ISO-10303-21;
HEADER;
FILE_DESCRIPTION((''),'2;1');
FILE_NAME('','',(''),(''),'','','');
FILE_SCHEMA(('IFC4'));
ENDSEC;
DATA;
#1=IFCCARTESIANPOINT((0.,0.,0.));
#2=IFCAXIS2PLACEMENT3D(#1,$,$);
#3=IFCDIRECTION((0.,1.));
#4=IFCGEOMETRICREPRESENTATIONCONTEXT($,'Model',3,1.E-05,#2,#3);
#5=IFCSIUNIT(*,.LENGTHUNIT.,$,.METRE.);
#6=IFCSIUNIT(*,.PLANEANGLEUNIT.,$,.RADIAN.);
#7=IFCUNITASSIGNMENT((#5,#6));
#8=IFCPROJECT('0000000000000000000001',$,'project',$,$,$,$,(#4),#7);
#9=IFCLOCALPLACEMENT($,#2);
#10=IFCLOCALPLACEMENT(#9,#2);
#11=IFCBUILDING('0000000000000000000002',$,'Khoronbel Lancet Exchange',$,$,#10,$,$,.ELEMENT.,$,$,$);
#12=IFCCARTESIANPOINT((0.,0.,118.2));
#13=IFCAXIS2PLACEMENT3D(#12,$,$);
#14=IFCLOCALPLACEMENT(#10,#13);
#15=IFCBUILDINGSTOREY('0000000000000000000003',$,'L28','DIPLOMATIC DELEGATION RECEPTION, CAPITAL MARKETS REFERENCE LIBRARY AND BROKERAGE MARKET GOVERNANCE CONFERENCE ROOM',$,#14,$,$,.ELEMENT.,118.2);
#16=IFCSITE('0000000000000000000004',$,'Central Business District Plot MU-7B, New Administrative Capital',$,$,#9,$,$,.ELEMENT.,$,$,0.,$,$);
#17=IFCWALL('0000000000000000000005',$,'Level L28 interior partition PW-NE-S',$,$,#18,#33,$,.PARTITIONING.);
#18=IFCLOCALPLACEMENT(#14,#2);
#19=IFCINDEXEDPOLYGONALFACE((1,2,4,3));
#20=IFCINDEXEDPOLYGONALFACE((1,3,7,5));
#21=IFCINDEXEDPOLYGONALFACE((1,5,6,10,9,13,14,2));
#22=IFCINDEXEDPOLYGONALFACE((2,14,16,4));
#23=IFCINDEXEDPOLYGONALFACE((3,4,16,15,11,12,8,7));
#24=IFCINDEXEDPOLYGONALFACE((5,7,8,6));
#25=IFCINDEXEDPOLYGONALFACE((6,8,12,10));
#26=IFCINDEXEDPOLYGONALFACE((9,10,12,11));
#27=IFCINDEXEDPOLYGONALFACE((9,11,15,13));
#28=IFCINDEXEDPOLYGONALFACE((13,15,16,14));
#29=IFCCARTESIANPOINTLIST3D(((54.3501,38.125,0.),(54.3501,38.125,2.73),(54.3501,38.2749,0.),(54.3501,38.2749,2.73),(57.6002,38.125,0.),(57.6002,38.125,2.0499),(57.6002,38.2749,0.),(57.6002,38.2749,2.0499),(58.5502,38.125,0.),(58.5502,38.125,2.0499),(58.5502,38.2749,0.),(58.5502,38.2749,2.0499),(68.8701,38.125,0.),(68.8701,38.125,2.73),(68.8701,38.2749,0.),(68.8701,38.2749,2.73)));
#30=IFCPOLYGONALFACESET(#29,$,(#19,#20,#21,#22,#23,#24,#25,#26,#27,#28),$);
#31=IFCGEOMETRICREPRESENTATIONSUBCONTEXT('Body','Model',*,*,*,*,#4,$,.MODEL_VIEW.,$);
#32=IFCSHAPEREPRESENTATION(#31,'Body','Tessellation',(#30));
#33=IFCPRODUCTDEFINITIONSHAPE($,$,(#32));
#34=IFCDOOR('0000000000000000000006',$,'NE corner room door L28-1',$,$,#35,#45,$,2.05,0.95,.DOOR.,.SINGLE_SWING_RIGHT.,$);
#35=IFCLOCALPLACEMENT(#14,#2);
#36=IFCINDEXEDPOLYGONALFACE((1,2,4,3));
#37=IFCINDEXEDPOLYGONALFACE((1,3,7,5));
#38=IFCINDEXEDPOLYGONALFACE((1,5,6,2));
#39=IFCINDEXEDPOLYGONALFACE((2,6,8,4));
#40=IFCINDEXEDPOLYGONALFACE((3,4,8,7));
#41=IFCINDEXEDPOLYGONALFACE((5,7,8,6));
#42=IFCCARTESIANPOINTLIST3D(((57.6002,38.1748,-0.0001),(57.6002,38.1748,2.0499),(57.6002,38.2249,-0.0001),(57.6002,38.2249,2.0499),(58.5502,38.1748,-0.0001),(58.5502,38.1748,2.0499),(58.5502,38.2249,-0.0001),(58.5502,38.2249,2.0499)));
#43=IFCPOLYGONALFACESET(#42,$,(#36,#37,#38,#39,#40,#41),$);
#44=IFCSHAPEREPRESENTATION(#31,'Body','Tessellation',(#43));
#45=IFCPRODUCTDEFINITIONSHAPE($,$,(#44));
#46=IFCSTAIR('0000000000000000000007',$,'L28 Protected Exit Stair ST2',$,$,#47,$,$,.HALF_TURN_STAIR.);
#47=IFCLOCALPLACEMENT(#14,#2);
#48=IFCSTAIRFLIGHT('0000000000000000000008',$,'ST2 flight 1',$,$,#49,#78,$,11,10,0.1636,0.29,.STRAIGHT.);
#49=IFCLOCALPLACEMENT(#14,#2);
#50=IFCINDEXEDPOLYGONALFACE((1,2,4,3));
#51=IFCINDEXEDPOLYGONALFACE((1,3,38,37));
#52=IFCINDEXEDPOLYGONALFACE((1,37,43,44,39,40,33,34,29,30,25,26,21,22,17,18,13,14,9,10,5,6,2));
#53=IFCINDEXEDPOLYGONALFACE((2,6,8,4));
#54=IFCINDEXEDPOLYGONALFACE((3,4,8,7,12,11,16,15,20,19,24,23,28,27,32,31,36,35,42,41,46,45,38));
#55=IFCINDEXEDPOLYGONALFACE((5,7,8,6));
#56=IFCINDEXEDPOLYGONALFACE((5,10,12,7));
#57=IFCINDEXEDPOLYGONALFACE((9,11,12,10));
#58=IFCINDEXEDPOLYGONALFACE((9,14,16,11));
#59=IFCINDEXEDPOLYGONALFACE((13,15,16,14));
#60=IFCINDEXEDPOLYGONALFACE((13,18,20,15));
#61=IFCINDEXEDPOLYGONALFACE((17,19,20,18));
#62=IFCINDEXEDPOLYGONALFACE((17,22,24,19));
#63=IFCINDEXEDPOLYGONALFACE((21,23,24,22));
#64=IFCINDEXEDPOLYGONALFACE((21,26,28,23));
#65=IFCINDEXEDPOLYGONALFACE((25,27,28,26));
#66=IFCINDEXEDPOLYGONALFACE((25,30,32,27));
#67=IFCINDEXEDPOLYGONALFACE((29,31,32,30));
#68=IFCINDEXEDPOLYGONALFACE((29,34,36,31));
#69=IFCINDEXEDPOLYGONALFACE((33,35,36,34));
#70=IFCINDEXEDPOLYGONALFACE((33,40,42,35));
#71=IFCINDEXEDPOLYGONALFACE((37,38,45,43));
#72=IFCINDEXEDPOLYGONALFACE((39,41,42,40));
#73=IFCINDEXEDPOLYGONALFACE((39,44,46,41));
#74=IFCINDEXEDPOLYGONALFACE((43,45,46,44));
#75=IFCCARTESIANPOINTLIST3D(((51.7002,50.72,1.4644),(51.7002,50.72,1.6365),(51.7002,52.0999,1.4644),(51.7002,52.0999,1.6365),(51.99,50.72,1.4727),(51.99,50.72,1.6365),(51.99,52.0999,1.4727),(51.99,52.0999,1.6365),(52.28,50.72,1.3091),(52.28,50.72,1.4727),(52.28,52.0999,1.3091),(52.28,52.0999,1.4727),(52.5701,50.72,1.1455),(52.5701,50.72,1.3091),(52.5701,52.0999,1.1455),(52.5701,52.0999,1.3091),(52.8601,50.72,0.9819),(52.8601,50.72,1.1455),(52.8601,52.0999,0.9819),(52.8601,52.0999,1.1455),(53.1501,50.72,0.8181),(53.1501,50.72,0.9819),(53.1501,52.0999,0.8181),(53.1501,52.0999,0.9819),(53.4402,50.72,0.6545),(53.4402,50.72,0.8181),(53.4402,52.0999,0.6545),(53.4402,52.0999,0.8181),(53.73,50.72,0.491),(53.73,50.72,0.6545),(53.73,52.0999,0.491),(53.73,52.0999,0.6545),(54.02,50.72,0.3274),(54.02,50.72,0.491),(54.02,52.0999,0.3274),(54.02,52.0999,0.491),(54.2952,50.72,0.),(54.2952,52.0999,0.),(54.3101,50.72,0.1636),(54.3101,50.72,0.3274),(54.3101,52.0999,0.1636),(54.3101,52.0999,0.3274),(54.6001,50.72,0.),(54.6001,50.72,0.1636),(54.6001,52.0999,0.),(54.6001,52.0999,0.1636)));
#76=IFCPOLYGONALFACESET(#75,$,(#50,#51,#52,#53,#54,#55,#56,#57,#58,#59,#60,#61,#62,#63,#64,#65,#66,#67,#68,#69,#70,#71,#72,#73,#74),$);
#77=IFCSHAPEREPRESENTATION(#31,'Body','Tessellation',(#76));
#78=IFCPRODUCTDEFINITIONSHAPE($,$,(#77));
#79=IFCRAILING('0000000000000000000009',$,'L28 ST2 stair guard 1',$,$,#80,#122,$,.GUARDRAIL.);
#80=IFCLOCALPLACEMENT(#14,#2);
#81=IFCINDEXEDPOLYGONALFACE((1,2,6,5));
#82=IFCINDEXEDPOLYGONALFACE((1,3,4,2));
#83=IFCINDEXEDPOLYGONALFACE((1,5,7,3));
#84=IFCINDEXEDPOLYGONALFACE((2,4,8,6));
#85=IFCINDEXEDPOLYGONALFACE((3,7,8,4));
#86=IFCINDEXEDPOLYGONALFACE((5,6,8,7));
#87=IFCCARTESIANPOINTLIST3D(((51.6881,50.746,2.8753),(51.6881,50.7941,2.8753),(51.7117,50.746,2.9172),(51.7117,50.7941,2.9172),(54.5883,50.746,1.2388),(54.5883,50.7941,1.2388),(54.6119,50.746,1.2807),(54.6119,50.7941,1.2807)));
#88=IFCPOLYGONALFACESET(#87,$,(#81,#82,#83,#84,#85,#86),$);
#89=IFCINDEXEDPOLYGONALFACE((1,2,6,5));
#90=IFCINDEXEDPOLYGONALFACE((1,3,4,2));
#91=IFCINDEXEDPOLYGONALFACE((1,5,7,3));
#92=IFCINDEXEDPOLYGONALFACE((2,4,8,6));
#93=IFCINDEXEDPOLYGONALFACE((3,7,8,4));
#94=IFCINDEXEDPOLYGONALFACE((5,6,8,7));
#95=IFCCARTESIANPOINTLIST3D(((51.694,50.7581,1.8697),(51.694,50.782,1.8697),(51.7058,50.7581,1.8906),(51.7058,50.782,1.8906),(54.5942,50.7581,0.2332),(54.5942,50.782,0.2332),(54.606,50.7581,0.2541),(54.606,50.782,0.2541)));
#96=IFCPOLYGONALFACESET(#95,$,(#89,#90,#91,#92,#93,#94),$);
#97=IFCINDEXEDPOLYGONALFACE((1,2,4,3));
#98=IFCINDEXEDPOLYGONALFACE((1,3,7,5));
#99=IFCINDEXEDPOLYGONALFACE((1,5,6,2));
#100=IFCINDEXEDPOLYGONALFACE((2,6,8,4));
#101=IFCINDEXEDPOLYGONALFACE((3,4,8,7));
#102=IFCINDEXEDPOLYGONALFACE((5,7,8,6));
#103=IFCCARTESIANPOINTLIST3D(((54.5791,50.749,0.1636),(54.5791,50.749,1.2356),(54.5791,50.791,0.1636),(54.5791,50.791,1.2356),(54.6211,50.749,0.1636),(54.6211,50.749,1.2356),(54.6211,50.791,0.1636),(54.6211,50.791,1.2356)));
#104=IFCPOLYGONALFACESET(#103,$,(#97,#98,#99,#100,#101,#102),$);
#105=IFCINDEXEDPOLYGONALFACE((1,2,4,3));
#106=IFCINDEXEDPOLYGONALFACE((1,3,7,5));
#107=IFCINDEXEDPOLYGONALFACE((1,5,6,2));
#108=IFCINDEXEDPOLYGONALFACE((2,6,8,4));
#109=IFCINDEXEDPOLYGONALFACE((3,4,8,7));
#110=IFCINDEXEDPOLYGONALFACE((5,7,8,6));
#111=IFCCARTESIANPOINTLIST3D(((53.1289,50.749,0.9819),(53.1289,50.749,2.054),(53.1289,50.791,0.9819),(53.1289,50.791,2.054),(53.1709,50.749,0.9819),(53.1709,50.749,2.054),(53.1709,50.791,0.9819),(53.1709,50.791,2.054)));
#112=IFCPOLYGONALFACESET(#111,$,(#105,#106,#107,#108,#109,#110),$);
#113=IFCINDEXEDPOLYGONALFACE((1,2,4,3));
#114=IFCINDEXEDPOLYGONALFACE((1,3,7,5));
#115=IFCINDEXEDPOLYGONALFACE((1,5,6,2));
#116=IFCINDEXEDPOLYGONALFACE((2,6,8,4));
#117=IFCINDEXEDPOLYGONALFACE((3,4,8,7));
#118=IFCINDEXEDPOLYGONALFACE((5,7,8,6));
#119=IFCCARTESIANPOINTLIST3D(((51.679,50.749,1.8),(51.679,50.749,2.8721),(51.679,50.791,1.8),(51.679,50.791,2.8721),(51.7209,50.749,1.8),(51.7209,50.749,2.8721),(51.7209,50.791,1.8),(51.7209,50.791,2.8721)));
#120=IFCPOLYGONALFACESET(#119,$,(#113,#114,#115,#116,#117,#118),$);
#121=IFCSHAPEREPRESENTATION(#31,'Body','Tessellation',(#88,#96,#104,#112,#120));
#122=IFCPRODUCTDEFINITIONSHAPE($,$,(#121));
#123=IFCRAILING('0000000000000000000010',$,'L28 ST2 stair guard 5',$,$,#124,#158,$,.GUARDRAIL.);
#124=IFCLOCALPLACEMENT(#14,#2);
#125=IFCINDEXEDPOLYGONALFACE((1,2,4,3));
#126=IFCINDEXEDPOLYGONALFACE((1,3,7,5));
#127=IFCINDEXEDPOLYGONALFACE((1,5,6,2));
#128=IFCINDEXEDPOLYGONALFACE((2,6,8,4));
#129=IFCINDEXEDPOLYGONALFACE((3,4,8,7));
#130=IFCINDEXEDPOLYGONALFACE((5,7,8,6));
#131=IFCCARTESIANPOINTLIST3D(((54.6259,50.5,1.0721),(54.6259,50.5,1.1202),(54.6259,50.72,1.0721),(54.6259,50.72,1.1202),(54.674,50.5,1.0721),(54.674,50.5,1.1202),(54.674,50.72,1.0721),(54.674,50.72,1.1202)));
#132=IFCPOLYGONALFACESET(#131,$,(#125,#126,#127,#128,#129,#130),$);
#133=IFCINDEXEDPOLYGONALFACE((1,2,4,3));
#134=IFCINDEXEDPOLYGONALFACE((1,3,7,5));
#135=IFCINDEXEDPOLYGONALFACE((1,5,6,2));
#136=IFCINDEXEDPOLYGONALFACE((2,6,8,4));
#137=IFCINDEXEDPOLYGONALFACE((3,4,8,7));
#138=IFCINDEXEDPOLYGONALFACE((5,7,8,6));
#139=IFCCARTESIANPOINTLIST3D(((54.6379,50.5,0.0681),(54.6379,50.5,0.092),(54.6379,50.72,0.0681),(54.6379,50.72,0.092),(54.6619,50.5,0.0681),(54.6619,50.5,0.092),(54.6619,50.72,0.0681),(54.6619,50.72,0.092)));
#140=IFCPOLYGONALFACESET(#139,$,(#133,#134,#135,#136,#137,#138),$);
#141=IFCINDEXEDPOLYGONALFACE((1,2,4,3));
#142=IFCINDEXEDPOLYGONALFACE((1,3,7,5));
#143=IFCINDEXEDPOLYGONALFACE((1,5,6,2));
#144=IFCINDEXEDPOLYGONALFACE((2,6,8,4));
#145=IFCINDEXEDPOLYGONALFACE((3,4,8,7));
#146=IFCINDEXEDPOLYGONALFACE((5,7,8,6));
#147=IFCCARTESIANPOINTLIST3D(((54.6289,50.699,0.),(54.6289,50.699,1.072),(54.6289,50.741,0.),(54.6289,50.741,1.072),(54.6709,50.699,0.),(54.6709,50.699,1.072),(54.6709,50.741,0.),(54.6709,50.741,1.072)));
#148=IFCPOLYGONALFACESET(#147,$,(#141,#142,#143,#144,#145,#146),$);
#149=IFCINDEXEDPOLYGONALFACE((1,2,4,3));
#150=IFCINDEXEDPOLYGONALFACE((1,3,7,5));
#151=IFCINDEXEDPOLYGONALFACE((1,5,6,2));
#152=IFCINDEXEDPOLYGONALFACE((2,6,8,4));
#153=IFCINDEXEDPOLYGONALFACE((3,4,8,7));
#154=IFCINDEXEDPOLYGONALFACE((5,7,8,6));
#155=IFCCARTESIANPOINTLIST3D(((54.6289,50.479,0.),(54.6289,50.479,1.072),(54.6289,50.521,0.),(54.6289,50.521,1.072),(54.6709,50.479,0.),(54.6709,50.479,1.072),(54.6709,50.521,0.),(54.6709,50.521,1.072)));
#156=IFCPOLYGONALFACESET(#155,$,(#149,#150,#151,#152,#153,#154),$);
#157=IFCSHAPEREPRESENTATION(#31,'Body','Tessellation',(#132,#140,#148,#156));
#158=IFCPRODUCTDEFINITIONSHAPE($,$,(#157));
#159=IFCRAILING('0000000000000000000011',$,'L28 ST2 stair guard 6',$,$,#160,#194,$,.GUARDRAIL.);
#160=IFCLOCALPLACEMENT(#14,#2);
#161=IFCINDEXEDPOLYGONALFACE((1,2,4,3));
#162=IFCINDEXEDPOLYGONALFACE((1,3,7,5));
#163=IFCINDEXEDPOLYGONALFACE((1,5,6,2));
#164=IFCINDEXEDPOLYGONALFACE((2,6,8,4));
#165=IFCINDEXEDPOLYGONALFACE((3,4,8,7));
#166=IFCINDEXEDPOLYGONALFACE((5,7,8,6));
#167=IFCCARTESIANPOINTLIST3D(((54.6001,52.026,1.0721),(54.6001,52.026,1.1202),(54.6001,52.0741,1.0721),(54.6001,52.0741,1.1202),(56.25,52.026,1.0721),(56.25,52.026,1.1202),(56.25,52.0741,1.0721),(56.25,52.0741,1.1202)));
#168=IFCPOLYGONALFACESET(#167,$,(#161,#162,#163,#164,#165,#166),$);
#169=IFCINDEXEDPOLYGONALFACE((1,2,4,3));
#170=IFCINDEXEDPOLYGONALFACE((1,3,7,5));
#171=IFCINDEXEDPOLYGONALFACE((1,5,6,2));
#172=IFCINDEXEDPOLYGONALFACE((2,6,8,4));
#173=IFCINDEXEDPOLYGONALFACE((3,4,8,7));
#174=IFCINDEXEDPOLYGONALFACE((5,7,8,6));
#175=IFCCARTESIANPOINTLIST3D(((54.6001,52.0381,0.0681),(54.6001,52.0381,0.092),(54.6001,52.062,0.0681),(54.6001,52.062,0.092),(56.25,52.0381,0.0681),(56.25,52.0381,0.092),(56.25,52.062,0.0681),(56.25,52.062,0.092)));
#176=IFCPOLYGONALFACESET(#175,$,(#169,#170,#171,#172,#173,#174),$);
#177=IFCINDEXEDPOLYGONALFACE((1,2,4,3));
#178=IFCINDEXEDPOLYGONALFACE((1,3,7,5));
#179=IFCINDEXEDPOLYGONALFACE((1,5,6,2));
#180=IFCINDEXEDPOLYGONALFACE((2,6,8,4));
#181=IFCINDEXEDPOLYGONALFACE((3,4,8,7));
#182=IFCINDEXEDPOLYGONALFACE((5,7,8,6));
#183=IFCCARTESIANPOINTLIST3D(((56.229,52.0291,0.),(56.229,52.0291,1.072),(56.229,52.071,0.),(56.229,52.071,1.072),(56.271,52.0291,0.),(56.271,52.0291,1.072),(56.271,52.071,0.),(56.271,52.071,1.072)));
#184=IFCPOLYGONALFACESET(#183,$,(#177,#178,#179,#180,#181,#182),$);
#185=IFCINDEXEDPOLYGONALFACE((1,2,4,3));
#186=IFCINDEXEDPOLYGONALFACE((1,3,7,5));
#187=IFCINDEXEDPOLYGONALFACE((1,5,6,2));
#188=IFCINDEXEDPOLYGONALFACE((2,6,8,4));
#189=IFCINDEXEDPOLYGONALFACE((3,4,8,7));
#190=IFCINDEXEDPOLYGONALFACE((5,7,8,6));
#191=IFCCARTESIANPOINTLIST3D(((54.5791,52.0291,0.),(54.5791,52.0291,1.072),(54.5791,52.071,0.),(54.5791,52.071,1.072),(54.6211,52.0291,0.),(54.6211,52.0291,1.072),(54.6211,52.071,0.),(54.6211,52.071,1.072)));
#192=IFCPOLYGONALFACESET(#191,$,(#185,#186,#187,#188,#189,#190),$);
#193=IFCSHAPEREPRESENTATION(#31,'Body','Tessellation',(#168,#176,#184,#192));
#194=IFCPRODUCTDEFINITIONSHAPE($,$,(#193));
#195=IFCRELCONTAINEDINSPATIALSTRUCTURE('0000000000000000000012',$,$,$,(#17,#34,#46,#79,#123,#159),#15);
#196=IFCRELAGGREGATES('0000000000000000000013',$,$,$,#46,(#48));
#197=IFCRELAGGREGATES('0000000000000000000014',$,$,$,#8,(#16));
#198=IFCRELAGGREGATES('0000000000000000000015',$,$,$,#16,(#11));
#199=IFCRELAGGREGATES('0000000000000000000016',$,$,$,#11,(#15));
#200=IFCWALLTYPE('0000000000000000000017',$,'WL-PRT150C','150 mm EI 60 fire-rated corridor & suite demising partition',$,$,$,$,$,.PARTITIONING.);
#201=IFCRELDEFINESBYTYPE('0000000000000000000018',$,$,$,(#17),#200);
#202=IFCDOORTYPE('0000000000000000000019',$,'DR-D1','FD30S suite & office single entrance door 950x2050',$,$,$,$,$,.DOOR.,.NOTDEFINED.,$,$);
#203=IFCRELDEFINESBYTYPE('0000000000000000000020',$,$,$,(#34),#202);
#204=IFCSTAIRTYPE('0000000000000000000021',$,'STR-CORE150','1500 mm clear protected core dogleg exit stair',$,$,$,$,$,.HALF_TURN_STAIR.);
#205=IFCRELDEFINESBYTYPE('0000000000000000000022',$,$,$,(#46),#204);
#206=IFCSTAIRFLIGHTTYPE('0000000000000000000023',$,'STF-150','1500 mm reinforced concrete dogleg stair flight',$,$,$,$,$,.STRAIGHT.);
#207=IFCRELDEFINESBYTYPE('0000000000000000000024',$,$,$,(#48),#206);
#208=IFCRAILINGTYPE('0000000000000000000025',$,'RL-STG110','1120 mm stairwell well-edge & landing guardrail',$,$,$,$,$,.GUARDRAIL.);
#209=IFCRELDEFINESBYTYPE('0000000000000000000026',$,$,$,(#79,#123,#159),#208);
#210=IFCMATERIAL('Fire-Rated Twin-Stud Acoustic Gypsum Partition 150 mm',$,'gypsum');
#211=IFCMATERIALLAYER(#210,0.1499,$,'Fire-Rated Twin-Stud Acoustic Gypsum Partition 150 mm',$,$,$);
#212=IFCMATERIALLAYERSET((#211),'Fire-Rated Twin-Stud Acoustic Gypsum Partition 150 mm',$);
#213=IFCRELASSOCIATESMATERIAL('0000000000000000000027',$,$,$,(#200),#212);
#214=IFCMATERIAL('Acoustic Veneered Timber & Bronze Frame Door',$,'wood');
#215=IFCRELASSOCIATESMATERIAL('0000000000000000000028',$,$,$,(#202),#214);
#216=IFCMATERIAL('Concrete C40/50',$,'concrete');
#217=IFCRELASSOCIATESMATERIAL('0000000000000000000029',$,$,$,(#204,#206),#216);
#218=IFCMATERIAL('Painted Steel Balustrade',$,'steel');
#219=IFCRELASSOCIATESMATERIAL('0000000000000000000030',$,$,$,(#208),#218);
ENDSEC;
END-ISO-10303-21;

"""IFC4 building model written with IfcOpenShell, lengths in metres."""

from ifc_helpers import new_model, si_unit, direction, frame, frame_2d, origin, origin_2d, place, context, subcontext, project, spatial, polyline, rectangle, outline, extrude, material, layer, layer_set, type_object, element, fill, aggregate, save


model = new_model("IFC4")

# Units and contexts
model_context = context("Model", 3, precision=1e-05, world=origin(), true_north=direction((0.0, 1.0)))
body_context = subcontext(model_context, "Body", "Model", "MODEL_VIEW")
ifc_project = project(units=[si_unit("LENGTHUNIT", "METRE"), si_unit("PLANEANGLEUNIT", "RADIAN")], contexts=[model_context])

# Site, building, storey
site_placement = place(None, origin())
site = spatial("IfcSite", under=ifc_project, at=site_placement, Name="Central Business District Plot MU-7B, New Administrative Capital", CompositionType="ELEMENT", RefElevation=0.0)
building_placement = place(site_placement, origin())
building = spatial("IfcBuilding", under=site, at=building_placement, Name="Khoronbel Lancet Exchange", CompositionType="ELEMENT")
storey_placement = place(building_placement, frame((0.0, 0.0, 118.2)))
storey = spatial("IfcBuildingStorey", under=building, at=storey_placement, Name="L28", Description="DIPLOMATIC DELEGATION RECEPTION, CAPITAL MARKETS REFERENCE LIBRARY AND BROKERAGE MARKET GOVERNANCE CONFERENCE ROOM", CompositionType="ELEMENT", Elevation=118.2)

# Wall, opening, door
ifc_material_1 = material(Name="Fire-Rated Twin-Stud Acoustic Gypsum Partition 150 mm", Category="gypsum")
ifc_layer_1 = layer(ifc_material_1, 0.1499, Name="Fire-Rated Twin-Stud Acoustic Gypsum Partition 150 mm")
ifc_layer_set_1 = layer_set([ifc_layer_1], Name="Fire-Rated Twin-Stud Acoustic Gypsum Partition 150 mm")
wall_type_1 = type_object("IfcWallType", Name="WL-PRT150C", Description="150 mm EI 60 fire-rated corridor & suite demising partition", PredefinedType="PARTITIONING", material=ifc_layer_set_1)
wall_1_placement = place(storey_placement, frame((54.3501, 38.2, 0.0), z_axis=(0.0, 0.0, 1.0), x_axis=(1.0, 0.0, 0.0)))
wall_1 = element("IfcWall", 1, at=wall_1_placement, inside=storey, type_object=wall_type_1, Name="Level L28 interior partition PW-NE-S", PredefinedType="PARTITIONING", context=body_context, shape_type="SweptSolid", body=[
    extrude(rectangle(XDim=14.52, YDim=0.1499, at=frame_2d((7.26, 0.0))), origin(), (0.0, 0.0, 1.0), 2.73),
])
opening_1_placement = place(wall_1_placement, frame((3.25, 0.0, 0.0)))
opening_1 = element("IfcOpeningElement", 2, at=opening_1_placement, cuts=wall_1, PredefinedType="OPENING", context=body_context, shape_type="SweptSolid", body=[
    extrude(rectangle(XDim=0.95, YDim=2.05, at=frame_2d((0.4751, 1.0249))), frame((0.0, 0.085, 0.0), z_axis=(0.0, -1.0, 0.0), x_axis=(1.0, 0.0, 0.0)), (0.0, 0.0, 1.0), 0.1699),
])
ifc_material_2 = material(Name="Acoustic Veneered Timber & Bronze Frame Door", Category="wood")
door_type_1 = type_object("IfcDoorType", Name="DR-D1", Description="FD30S suite & office single entrance door 950x2050", OperationType="NOTDEFINED", PredefinedType="DOOR", material=ifc_material_2)
door_1_placement = place(opening_1_placement, origin())
door_1 = element("IfcDoor", 3, at=door_1_placement, inside=storey, type_object=door_type_1, Name="NE corner room door L28-1", OperationType="SINGLE_SWING_RIGHT", OverallHeight=2.05, OverallWidth=0.95, PredefinedType="DOOR", context=body_context, shape_type="SweptSolid", body=[
    extrude(rectangle(XDim=0.95, YDim=2.05, at=frame_2d((0.4751, 1.0249))), frame((0.0, 0.0249, 0.0), z_axis=(0.0, -1.0, 0.0), x_axis=(1.0, 0.0, 0.0)), (0.0, 0.0, 1.0), 0.05),
])
fill(opening_1, door_1)

# Stair, stair flight
ifc_material_3 = material(Name="Concrete C40/50", Category="concrete")
stair_type = type_object("IfcStairType", Name="STR-CORE150", Description="1500 mm clear protected core dogleg exit stair", PredefinedType="HALF_TURN_STAIR", material=ifc_material_3)
stair_placement = place(storey_placement, origin())
stair = element("IfcStair", 4, at=stair_placement, inside=storey, type_object=stair_type, Name="L28 Protected Exit Stair ST2", PredefinedType="HALF_TURN_STAIR")
stair_flight_type = type_object("IfcStairFlightType", Name="STF-150", Description="1500 mm reinforced concrete dogleg stair flight", PredefinedType="STRAIGHT", material=ifc_material_3)
stair_flight_placement = place(storey_placement, frame((54.6001, 51.4099, 0.0), z_axis=(0.0, 0.0, 1.0), x_axis=(-1.0, 0.0, 0.0)))
stair_flight = element("IfcStairFlight", 5, at=stair_flight_placement, type_object=stair_flight_type, Name="ST2 flight 1", NumberOfRisers=11, NumberOfTreads=10, PredefinedType="STRAIGHT", RiserHeight=0.1636, TreadLength=0.29, context=body_context, shape_type="SweptSolid", body=[
    extrude(outline(polyline([(0.0, 0.0), (0.0, 0.1636), (0.29, 0.1636), (0.29, 0.3274), (0.5801, 0.3274), (0.5801, 0.491), (0.8701, 0.491), (0.8701, 0.6545), (1.1599, 0.6545), (1.1599, 0.8181), (1.45, 0.8181), (1.45, 0.9819), (1.74, 0.9819), (1.74, 1.1455), (2.03, 1.1455), (2.03, 1.3091), (2.3201, 1.3091), (2.3201, 1.4727), (2.6101, 1.4727), (2.6101, 1.6365), (2.8999, 1.6365), (2.8999, 1.8), (2.8999, 1.4644), (0.3049, 0.0), (0.0, 0.0)])), frame((0.0, 0.6899, 0.0), z_axis=(0.0, -1.0, 0.0), x_axis=(1.0, 0.0, 0.0)), (0.0, 0.0, 1.0), 1.3799),
])
aggregate(stair, [stair_flight])

# Railings
ifc_material_4 = material(Name="Painted Steel Balustrade", Category="steel")
railing_type_1 = type_object("IfcRailingType", Name="RL-STG110", Description="1120 mm stairwell well-edge & landing guardrail", PredefinedType="GUARDRAIL", material=ifc_material_4)
railing_1_placement = place(storey_placement, frame((54.6001, 50.77, 0.1636)))
element("IfcRailing", 6, at=railing_1_placement, inside=storey, type_object=railing_type_1, Name="L28 ST2 stair guard 1", PredefinedType="GUARDRAIL", context=body_context, shape_type="SweptSolid", body=[
    extrude(rectangle(XDim=0.0481, YDim=0.0481, at=origin_2d()), frame((0.0, 0.0, 1.0962), z_axis=(-0.870915, 0.0, 0.491434), x_axis=(0.0, -1.0, 0.0)), (0.0, 0.0, 1.0), 3.3301),
    extrude(rectangle(XDim=0.0239, YDim=0.0239, at=origin_2d()), frame((0.0, 0.0, 0.0801), z_axis=(-0.870915, 0.0, 0.491434), x_axis=(0.0, -1.0, 0.0)), (0.0, 0.0, 1.0), 3.3301),
    extrude(rectangle(XDim=0.042, YDim=0.042, at=origin_2d()), origin(), (0.0, 0.0, 1.0), 1.072),
    extrude(rectangle(XDim=0.042, YDim=0.042, at=origin_2d()), frame((-1.4502, 0.0, 0.8184)), (0.0, 0.0, 1.0), 1.072),
    extrude(rectangle(XDim=0.042, YDim=0.042, at=origin_2d()), frame((-2.9001, 0.0, 1.6365)), (0.0, 0.0, 1.0), 1.072),
])
railing_2_placement = place(storey_placement, frame((54.6499, 50.72, 0.0)))
element("IfcRailing", 7, at=railing_2_placement, inside=storey, type_object=railing_type_1, Name="L28 ST2 stair guard 5", PredefinedType="GUARDRAIL", context=body_context, shape_type="SweptSolid", body=[
    extrude(rectangle(XDim=0.0481, YDim=0.0481, at=origin_2d()), frame((0.0, 0.0, 1.0962), z_axis=(0.0, -1.0, 0.0), x_axis=(1.0, 0.0, 0.0)), (0.0, 0.0, 1.0), 0.22),
    extrude(rectangle(XDim=0.0239, YDim=0.0239, at=origin_2d()), frame((0.0, 0.0, 0.0801), z_axis=(0.0, -1.0, 0.0), x_axis=(1.0, 0.0, 0.0)), (0.0, 0.0, 1.0), 0.22),
    extrude(rectangle(XDim=0.042, YDim=0.042, at=origin_2d()), origin(), (0.0, 0.0, 1.0), 1.072),
    extrude(rectangle(XDim=0.042, YDim=0.042, at=origin_2d()), frame((0.0, -0.22, 0.0)), (0.0, 0.0, 1.0), 1.072),
])
railing_3_placement = place(storey_placement, frame((56.25, 52.05, 0.0)))
element("IfcRailing", 8, at=railing_3_placement, inside=storey, type_object=railing_type_1, Name="L28 ST2 stair guard 6", PredefinedType="GUARDRAIL", context=body_context, shape_type="SweptSolid", body=[
    extrude(rectangle(XDim=0.0481, YDim=0.0481, at=origin_2d()), frame((0.0, 0.0, 1.0962), z_axis=(-1.0, 0.0, 0.0), x_axis=(0.0, -1.0, 0.0)), (0.0, 0.0, 1.0), 1.6499),
    extrude(rectangle(XDim=0.0239, YDim=0.0239, at=origin_2d()), frame((0.0, 0.0, 0.0801), z_axis=(-1.0, 0.0, 0.0), x_axis=(0.0, -1.0, 0.0)), (0.0, 0.0, 1.0), 1.6499),
    extrude(rectangle(XDim=0.042, YDim=0.042, at=origin_2d()), origin(), (0.0, 0.0, 1.0), 1.072),
    extrude(rectangle(XDim=0.042, YDim=0.042, at=origin_2d()), frame((-1.6499, 0.0, 0.0)), (0.0, 0.0, 1.0), 1.072),
])

save(model, "model.ifc")
